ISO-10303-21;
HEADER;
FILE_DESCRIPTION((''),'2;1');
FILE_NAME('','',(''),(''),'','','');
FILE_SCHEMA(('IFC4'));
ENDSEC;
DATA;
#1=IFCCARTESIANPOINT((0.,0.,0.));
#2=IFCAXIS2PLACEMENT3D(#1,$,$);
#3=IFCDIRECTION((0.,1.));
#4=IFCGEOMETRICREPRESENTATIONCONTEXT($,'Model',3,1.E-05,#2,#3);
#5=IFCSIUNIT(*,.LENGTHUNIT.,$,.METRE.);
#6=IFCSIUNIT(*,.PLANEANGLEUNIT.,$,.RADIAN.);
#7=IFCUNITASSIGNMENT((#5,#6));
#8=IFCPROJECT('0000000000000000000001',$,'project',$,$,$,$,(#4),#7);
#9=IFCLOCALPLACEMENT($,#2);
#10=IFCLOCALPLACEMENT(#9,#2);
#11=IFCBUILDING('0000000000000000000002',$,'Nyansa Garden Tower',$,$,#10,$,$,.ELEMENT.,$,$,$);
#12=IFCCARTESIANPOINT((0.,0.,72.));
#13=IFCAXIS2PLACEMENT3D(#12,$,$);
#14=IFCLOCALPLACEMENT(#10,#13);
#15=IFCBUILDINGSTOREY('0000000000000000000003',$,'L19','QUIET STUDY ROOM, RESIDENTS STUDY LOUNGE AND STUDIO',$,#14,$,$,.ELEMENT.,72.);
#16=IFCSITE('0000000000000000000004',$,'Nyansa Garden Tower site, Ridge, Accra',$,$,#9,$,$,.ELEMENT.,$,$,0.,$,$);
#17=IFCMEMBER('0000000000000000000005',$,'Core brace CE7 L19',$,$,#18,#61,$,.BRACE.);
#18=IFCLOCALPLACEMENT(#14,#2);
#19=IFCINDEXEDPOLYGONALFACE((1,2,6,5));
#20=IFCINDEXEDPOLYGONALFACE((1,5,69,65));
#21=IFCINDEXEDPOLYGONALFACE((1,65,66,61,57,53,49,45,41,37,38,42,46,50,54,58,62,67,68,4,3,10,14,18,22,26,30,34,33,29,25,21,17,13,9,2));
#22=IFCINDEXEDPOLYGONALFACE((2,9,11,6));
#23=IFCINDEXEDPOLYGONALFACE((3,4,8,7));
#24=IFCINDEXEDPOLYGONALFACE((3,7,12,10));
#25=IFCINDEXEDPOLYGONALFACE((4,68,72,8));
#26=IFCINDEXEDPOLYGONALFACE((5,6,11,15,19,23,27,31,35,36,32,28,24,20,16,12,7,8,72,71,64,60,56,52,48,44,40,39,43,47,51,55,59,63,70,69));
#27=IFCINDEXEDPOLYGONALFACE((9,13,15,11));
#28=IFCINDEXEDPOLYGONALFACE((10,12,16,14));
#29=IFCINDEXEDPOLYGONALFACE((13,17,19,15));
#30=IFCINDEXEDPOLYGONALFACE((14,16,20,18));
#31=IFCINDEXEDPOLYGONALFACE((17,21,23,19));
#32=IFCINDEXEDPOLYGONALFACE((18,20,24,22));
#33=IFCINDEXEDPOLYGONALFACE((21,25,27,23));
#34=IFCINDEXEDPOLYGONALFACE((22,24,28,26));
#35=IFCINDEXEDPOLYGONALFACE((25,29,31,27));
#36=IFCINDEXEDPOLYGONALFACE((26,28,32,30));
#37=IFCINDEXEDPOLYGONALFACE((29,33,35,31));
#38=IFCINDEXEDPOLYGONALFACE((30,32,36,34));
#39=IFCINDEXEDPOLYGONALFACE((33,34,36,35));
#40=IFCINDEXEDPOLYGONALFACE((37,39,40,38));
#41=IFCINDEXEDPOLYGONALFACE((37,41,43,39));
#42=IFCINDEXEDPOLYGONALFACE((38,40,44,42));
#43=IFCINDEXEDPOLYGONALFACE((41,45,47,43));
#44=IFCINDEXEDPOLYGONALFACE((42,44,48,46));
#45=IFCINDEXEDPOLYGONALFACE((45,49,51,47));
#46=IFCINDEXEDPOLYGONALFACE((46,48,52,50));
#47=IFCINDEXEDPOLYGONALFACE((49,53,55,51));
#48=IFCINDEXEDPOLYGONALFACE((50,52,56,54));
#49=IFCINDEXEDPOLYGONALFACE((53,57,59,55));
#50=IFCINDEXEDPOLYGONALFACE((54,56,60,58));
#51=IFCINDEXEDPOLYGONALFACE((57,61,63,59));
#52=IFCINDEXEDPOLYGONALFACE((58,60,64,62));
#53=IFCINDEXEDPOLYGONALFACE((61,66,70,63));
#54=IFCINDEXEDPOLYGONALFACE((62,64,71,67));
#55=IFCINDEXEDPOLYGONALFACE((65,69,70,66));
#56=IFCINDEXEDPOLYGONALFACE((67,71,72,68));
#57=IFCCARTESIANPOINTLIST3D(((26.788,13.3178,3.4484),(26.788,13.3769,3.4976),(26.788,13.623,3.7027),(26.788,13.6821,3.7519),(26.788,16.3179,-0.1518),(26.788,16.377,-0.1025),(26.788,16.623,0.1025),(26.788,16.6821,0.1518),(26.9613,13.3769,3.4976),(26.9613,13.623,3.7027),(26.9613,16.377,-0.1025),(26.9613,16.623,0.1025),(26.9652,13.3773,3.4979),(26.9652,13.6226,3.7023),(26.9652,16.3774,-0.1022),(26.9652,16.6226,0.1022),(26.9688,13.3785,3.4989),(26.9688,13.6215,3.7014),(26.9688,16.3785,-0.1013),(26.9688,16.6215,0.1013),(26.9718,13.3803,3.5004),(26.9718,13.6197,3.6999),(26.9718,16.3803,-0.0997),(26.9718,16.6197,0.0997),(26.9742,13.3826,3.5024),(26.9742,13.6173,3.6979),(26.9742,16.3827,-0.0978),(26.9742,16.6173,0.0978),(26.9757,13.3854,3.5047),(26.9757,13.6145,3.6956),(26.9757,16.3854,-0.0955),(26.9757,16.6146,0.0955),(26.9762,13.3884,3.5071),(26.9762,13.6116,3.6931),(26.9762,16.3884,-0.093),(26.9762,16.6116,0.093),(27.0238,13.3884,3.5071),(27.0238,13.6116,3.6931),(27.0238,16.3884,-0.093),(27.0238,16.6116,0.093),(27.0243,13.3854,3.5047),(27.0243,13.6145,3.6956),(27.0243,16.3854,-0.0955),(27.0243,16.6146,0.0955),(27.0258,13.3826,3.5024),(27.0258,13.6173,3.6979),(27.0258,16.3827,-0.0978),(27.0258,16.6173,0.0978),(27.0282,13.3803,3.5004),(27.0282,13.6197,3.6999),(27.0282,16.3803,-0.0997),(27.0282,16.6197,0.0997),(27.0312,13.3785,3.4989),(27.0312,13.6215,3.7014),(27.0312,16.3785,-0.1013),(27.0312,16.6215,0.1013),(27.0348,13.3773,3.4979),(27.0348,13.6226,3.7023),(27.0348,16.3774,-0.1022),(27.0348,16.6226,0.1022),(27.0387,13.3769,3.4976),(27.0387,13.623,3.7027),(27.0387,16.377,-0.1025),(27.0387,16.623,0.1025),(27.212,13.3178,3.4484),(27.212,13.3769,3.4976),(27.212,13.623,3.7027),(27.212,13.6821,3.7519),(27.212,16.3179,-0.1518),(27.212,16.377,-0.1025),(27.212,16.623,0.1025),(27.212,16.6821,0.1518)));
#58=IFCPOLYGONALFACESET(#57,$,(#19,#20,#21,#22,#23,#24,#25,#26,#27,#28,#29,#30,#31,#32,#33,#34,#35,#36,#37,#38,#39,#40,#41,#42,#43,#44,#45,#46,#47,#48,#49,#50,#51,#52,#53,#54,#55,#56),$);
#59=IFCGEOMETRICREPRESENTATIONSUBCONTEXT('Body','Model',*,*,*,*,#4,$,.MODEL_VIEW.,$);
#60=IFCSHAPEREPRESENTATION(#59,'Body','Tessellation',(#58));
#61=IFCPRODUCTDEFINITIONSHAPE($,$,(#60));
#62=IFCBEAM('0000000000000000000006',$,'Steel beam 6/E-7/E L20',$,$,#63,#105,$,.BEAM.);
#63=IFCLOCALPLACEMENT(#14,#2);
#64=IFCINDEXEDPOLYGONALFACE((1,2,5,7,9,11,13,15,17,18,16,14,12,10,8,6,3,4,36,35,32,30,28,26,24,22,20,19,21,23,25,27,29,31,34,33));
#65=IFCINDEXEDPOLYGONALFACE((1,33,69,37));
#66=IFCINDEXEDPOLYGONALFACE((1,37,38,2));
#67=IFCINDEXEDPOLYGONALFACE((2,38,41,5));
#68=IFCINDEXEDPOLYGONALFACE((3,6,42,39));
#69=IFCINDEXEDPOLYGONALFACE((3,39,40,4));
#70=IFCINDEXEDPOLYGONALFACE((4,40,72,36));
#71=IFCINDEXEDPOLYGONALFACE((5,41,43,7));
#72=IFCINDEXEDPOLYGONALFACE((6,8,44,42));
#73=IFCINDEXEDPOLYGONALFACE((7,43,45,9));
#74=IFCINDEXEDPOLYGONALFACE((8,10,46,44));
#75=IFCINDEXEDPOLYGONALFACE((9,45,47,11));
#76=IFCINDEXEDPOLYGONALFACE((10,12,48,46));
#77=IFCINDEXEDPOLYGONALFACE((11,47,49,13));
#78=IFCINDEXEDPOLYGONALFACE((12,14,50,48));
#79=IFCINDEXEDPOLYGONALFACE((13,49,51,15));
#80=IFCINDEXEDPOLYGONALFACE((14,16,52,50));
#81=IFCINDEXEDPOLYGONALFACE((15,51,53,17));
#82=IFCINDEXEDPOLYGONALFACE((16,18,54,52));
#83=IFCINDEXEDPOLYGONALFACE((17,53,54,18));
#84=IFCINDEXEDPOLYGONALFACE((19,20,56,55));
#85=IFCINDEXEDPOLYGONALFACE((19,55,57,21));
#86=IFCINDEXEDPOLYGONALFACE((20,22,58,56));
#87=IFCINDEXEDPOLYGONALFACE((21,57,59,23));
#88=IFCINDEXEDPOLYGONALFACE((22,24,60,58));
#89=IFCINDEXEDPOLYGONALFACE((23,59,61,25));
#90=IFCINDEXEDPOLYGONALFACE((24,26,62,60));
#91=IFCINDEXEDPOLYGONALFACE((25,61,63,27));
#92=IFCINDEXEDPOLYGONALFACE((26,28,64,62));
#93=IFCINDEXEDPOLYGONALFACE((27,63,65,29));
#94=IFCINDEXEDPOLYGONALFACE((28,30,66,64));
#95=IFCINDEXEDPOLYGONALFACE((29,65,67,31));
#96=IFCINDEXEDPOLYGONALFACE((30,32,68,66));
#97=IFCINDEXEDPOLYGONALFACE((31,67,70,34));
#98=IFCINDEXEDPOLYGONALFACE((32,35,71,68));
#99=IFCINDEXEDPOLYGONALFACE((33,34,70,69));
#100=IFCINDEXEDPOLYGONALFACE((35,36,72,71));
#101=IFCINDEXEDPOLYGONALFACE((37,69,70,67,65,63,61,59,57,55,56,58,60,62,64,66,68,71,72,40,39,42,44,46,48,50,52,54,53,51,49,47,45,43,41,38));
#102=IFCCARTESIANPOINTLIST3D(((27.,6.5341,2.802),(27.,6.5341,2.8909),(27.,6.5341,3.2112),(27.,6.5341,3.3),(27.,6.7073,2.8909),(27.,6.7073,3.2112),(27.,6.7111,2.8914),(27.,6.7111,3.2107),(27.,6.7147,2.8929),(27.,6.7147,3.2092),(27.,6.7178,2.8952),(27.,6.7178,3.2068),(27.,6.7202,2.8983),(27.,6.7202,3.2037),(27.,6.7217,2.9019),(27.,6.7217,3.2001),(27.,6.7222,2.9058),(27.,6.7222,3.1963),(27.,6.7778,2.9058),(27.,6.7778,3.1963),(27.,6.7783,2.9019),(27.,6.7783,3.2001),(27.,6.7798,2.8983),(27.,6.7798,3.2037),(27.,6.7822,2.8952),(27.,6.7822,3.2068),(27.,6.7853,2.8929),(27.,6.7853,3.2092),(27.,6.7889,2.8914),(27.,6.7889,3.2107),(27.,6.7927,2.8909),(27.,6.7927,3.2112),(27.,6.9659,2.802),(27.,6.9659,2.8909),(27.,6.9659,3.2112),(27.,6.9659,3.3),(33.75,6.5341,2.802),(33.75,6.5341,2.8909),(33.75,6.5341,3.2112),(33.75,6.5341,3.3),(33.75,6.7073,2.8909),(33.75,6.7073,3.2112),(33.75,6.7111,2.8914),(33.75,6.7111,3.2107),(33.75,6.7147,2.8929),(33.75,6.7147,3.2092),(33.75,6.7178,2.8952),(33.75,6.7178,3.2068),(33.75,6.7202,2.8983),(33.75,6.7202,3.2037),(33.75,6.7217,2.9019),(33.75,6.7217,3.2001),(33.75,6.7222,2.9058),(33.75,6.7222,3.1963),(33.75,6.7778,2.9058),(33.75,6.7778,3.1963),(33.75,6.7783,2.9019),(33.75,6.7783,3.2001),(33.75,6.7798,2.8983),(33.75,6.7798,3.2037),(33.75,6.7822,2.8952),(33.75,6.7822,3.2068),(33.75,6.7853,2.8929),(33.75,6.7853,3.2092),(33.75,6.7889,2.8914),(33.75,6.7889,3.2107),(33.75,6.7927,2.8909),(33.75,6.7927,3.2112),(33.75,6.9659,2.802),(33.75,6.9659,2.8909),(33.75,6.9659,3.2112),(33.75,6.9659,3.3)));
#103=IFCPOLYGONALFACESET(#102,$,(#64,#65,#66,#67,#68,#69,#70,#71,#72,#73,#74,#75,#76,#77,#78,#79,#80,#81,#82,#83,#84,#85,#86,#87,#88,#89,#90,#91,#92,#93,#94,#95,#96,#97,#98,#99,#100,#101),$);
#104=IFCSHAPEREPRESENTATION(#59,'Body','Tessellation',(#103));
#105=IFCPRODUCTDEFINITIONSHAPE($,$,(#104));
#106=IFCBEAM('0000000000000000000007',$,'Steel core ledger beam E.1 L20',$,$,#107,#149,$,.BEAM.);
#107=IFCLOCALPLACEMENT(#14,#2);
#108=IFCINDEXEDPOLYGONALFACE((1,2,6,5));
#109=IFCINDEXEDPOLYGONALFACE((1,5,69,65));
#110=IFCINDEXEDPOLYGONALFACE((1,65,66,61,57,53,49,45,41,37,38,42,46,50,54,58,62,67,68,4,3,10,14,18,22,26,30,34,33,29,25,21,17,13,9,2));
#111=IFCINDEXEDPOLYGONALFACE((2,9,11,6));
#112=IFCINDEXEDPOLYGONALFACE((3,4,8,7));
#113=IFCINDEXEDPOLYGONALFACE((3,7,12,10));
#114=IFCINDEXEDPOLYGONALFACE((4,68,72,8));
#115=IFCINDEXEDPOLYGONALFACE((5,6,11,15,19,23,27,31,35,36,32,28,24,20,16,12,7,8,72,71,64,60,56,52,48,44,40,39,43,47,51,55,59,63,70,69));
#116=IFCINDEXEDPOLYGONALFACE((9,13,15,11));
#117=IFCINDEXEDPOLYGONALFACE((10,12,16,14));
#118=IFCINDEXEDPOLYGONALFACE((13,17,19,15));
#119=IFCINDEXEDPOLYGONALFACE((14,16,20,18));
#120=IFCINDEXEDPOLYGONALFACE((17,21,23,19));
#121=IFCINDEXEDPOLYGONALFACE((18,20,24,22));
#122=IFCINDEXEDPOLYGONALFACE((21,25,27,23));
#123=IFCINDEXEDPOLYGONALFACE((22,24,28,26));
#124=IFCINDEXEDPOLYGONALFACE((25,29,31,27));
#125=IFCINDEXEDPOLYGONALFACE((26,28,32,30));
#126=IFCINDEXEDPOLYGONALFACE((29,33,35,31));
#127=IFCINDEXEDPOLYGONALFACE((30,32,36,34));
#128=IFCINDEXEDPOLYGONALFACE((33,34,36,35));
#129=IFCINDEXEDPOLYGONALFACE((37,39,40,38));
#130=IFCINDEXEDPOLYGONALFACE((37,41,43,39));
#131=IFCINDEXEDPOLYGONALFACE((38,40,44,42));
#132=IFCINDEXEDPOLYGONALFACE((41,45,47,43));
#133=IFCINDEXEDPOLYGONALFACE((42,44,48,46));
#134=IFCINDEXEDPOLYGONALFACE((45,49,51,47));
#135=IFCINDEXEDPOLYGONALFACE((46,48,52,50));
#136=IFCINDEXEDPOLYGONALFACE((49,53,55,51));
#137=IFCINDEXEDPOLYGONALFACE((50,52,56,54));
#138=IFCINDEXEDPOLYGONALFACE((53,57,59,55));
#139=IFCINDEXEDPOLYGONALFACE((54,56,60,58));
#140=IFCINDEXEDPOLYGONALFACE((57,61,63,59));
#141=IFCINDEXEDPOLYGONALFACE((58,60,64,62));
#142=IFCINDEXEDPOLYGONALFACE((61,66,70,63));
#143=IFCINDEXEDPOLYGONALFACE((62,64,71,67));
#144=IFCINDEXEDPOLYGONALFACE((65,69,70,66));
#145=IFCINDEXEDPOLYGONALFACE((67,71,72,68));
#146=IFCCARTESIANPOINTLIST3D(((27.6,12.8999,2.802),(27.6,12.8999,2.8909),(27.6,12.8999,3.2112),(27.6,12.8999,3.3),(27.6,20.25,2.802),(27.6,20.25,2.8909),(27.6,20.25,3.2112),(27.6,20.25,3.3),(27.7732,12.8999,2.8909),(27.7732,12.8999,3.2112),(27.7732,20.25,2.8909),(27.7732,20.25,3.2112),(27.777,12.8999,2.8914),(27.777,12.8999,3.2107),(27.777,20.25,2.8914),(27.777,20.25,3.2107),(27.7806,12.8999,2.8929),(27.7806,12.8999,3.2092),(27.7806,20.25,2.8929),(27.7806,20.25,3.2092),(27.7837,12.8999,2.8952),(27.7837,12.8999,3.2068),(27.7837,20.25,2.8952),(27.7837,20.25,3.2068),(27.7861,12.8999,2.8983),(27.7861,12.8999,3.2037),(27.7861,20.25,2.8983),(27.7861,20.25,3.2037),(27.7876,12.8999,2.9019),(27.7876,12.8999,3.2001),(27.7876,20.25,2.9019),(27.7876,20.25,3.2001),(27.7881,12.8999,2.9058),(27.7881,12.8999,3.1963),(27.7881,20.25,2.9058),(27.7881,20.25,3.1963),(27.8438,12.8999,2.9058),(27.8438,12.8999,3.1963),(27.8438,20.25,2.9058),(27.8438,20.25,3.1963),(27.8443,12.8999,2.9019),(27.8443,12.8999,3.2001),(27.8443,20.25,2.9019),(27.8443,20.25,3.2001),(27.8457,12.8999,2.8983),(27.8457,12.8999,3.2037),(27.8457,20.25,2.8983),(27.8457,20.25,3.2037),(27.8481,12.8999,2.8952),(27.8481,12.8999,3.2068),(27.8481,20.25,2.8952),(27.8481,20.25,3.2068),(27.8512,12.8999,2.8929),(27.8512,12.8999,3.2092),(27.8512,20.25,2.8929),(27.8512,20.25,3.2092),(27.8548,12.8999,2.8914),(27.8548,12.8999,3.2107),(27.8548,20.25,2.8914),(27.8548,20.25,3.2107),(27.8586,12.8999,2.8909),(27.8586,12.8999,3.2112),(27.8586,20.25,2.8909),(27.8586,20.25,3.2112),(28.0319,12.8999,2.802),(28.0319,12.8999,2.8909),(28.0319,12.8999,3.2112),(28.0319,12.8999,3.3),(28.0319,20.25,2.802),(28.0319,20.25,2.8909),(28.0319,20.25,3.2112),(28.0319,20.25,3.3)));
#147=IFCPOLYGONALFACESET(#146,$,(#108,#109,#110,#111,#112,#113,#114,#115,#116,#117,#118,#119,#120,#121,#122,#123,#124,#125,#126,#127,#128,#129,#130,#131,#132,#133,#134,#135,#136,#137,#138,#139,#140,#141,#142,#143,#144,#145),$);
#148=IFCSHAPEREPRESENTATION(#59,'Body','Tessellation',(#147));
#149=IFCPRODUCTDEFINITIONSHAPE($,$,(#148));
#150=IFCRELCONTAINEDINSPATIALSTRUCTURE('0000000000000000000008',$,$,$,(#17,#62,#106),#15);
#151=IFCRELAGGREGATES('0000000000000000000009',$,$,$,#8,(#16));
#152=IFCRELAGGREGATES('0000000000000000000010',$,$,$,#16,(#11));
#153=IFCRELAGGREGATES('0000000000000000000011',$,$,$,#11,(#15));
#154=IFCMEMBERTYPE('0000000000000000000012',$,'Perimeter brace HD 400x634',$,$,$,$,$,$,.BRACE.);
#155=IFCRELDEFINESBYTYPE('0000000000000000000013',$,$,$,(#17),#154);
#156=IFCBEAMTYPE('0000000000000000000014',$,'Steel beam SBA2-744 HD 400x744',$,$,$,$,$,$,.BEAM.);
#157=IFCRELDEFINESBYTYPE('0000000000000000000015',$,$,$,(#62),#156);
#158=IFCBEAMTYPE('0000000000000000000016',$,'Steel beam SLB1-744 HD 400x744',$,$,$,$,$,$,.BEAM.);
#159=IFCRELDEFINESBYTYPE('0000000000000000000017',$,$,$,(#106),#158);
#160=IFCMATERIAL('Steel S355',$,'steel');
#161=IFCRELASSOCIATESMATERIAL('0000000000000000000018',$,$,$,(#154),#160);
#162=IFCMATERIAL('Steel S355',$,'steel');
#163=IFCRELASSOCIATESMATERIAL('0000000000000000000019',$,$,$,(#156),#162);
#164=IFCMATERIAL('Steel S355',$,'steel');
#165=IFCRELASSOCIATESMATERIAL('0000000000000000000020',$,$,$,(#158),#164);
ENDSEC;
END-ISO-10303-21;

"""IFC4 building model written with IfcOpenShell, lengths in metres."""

from ifc_helpers import new_model, si_unit, direction, frame, origin, origin_2d, place, context, subcontext, project, spatial, i_section, extrude, material, material_profile, profile_set, type_object, element, save


model = new_model("IFC4")

# Units and contexts
model_context = context("Model", 3, precision=1e-05, world=origin(), true_north=direction((0.0, 1.0)))
body_context = subcontext(model_context, "Body", "Model", "MODEL_VIEW")
ifc_project = project(units=[si_unit("LENGTHUNIT", "METRE"), si_unit("PLANEANGLEUNIT", "RADIAN")], contexts=[model_context])

# Site, building, storey
site_placement = place(None, origin())
site = spatial("IfcSite", under=ifc_project, at=site_placement, Name="Nyansa Garden Tower site, Ridge, Accra", CompositionType="ELEMENT", RefElevation=0.0)
building_placement = place(site_placement, origin())
building = spatial("IfcBuilding", under=site, at=building_placement, Name="Nyansa Garden Tower", CompositionType="ELEMENT")
storey_placement = place(building_placement, frame((0.0, 0.0, 72.0)))
storey = spatial("IfcBuildingStorey", under=building, at=storey_placement, Name="L19", Description="QUIET STUDY ROOM, RESIDENTS STUDY LOUNGE AND STUDIO", CompositionType="ELEMENT", Elevation=72.0)

# Member
ifc_material_1 = material(Name="Steel S355", Category="steel")
ifc_material_profile_1 = material_profile(ifc_material_1, i_section(OverallWidth=0.4241, OverallDepth=0.4741, WebThickness=0.0476, FlangeThickness=0.0769, FilletRadius=0.0149, at=origin_2d()), Name="HD 400x634")
ifc_profile_set_1 = profile_set([ifc_material_profile_1], Name="Steel S355")
member_type = type_object("IfcMemberType", Name="Perimeter brace HD 400x634", PredefinedType="BRACE", material=ifc_profile_set_1)
member_placement = place(storey_placement, frame((27.0, 16.5, 0.0), z_axis=(0.0, -0.640174, 0.76823), x_axis=(1.0, 0.0, 0.0)))
element("IfcMember", 1, at=member_placement, inside=storey, type_object=member_type, Name="Core brace CE7 L19", PredefinedType="BRACE", context=body_context, shape_type="SweptSolid", body=[
    extrude(i_section(OverallWidth=0.4241, OverallDepth=0.4741, WebThickness=0.0476, FlangeThickness=0.0769, FilletRadius=0.0149, at=origin_2d()), origin(), (0.0, 0.0, 1.0), 4.6863),
])

# Beams
ifc_material_2 = material(Name="Steel S355", Category="steel")
ifc_material_profile_2 = material_profile(ifc_material_2, i_section(OverallWidth=0.4319, OverallDepth=0.498, WebThickness=0.0557, FlangeThickness=0.0889, FilletRadius=0.0149, at=origin_2d()), Name="HD 400x744")
ifc_profile_set_2 = profile_set([ifc_material_profile_2], Name="Steel S355")
beam_type_1 = type_object("IfcBeamType", Name="Steel beam SBA2-744 HD 400x744", PredefinedType="BEAM", material=ifc_profile_set_2)
beam_1_placement = place(storey_placement, frame((27.0, 6.75, 3.051), z_axis=(1.0, 0.0, 0.0), x_axis=(0.0, 1.0, 0.0)))
element("IfcBeam", 2, at=beam_1_placement, inside=storey, type_object=beam_type_1, Name="Steel beam 6/E-7/E L20", PredefinedType="BEAM", context=body_context, shape_type="SweptSolid", body=[
    extrude(i_section(OverallWidth=0.4319, OverallDepth=0.498, WebThickness=0.0557, FlangeThickness=0.0889, FilletRadius=0.0149, at=origin_2d()), origin(), (0.0, 0.0, 1.0), 6.75),
])
ifc_material_3 = material(Name="Steel S355", Category="steel")
ifc_material_profile_3 = material_profile(ifc_material_3, i_section(OverallWidth=0.4319, OverallDepth=0.498, WebThickness=0.0557, FlangeThickness=0.0889, FilletRadius=0.0149, at=origin_2d()), Name="HD 400x744")
ifc_profile_set_3 = profile_set([ifc_material_profile_3], Name="Steel S355")
beam_type_2 = type_object("IfcBeamType", Name="Steel beam SLB1-744 HD 400x744", PredefinedType="BEAM", material=ifc_profile_set_3)
beam_2_placement = place(storey_placement, frame((27.8159, 12.8999, 3.051), z_axis=(0.0, 1.0, 0.0), x_axis=(-1.0, 0.0, 0.0)))
element("IfcBeam", 3, at=beam_2_placement, inside=storey, type_object=beam_type_2, Name="Steel core ledger beam E.1 L20", PredefinedType="BEAM", context=body_context, shape_type="SweptSolid", body=[
    extrude(i_section(OverallWidth=0.4319, OverallDepth=0.498, WebThickness=0.0557, FlangeThickness=0.0889, FilletRadius=0.0149, at=origin_2d()), origin(), (0.0, 0.0, 1.0), 7.3501),
])

save(model, "model.ifc")
